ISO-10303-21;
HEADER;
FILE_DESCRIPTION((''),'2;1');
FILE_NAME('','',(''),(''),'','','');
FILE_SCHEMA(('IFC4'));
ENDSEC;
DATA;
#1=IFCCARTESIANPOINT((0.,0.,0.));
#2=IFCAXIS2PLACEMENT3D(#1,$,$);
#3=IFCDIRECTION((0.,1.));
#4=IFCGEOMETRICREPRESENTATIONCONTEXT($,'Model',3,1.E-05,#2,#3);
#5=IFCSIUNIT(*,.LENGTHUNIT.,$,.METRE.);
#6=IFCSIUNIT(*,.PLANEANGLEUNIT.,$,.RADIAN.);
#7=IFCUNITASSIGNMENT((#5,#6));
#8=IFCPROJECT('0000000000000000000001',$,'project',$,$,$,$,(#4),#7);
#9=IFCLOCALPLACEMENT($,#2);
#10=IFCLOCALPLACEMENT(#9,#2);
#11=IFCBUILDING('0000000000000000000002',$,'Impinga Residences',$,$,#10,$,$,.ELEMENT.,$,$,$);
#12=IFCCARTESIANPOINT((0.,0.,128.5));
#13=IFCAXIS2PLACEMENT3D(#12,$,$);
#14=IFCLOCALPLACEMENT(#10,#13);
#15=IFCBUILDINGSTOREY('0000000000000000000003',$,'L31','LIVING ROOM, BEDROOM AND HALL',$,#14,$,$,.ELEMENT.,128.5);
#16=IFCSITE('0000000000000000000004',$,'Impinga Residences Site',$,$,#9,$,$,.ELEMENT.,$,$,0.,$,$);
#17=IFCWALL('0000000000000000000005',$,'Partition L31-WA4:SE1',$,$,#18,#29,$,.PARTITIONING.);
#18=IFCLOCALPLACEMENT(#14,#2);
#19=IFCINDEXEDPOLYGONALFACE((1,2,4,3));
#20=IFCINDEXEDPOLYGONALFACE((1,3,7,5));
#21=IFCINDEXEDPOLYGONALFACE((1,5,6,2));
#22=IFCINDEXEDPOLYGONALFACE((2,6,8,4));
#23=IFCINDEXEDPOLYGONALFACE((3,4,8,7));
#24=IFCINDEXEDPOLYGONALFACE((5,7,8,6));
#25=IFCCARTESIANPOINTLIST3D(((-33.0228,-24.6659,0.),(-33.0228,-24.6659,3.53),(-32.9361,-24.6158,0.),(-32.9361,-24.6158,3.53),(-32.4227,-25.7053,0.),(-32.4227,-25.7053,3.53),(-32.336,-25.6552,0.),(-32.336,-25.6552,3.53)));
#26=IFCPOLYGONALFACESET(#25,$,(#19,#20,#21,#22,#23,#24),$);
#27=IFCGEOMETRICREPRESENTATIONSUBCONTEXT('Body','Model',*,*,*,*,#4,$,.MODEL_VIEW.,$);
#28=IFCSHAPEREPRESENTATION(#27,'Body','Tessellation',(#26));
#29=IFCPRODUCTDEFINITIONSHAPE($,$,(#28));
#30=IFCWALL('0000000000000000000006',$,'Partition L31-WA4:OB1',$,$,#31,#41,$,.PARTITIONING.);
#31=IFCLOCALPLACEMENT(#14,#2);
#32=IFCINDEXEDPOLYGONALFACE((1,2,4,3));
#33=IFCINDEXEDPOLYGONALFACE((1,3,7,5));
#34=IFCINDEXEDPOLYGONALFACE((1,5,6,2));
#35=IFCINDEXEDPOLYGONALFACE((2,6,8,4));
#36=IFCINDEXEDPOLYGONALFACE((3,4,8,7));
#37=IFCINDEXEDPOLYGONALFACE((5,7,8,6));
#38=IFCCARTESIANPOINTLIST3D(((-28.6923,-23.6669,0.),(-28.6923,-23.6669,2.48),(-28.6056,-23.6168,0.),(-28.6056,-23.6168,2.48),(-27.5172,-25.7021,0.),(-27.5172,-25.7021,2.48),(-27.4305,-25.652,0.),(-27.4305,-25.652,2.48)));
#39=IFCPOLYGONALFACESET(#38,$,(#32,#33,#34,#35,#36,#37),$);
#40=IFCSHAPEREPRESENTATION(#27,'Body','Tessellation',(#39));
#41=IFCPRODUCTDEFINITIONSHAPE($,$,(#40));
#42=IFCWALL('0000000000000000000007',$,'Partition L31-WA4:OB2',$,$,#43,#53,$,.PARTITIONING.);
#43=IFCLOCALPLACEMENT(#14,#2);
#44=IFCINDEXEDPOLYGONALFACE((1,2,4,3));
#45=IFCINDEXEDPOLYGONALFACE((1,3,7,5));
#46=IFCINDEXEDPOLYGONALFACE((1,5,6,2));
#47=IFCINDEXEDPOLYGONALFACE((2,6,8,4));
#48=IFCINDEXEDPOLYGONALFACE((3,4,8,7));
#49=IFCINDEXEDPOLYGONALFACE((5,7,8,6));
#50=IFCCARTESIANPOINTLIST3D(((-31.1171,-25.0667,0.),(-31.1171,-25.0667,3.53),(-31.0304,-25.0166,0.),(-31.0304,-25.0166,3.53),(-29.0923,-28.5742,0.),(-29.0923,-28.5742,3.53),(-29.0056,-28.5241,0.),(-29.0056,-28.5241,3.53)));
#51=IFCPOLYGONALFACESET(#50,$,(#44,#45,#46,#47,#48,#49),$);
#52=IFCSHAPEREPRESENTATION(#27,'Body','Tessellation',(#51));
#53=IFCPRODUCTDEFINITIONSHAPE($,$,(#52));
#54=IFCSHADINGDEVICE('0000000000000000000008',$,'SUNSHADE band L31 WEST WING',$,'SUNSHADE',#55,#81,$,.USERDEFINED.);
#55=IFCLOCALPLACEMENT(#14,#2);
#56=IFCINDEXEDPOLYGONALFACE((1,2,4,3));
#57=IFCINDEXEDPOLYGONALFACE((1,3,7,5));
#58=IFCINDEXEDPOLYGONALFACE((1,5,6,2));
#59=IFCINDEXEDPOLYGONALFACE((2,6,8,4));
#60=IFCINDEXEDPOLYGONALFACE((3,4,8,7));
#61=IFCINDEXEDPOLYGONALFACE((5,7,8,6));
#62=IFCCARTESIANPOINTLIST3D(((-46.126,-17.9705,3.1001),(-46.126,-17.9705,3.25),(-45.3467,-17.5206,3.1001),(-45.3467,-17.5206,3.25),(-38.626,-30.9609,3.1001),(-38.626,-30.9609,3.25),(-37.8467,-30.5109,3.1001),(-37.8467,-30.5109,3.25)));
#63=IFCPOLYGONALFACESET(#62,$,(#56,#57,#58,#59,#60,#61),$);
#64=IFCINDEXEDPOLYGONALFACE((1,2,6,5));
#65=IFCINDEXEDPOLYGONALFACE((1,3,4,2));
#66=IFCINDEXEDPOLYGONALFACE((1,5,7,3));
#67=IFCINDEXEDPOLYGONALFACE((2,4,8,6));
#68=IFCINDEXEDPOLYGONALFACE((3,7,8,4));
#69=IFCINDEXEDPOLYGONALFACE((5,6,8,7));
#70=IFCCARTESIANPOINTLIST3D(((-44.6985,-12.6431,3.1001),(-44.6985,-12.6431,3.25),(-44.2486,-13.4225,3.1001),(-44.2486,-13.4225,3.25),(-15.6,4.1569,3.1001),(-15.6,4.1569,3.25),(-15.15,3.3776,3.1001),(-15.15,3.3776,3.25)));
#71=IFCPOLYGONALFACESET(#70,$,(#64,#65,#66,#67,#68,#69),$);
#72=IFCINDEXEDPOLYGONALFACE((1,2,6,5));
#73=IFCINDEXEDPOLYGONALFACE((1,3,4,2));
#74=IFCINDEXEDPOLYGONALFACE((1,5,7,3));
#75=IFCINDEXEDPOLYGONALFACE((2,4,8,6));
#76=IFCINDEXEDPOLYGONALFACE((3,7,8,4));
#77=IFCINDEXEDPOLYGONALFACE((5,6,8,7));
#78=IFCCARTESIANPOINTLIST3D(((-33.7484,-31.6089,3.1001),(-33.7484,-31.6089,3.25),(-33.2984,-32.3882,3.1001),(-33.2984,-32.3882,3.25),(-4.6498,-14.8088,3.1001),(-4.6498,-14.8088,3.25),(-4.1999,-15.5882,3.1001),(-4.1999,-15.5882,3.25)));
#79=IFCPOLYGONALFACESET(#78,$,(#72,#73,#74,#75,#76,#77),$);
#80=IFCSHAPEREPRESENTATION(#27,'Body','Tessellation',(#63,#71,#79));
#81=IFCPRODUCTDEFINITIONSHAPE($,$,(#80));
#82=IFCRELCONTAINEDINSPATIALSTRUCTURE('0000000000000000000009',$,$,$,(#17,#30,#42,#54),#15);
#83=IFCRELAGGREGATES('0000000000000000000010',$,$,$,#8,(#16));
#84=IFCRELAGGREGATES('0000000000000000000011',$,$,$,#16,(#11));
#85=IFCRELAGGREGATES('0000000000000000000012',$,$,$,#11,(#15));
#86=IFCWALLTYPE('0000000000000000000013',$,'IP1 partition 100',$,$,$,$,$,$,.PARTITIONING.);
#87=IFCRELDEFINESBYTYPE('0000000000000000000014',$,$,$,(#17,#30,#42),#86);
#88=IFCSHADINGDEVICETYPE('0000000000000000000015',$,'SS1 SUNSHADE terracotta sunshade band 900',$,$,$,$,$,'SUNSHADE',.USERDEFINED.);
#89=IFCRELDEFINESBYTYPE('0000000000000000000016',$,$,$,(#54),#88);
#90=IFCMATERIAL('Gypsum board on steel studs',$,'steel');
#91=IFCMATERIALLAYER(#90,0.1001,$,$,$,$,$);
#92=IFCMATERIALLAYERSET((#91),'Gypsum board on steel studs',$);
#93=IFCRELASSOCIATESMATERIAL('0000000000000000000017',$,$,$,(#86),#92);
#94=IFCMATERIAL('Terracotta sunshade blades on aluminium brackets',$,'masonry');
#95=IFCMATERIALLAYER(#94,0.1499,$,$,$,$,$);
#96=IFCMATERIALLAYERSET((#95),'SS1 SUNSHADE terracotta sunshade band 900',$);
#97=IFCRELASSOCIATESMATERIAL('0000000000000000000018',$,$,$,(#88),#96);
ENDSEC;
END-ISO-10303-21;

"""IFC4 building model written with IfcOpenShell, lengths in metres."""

from ifc_helpers import new_model, si_unit, direction, frame, frame_2d, origin, origin_2d, place, context, subcontext, project, spatial, rectangle, extrude, material, layer, layer_set, type_object, element, save


model = new_model("IFC4")

# Units and contexts
model_context = context("Model", 3, precision=1e-05, world=origin(), true_north=direction((0.0, 1.0)))
body_context = subcontext(model_context, "Body", "Model", "MODEL_VIEW")
ifc_project = project(units=[si_unit("LENGTHUNIT", "METRE"), si_unit("PLANEANGLEUNIT", "RADIAN")], contexts=[model_context])

# Site, building, storey
site_placement = place(None, origin())
site = spatial("IfcSite", under=ifc_project, at=site_placement, Name="Impinga Residences Site", CompositionType="ELEMENT", RefElevation=0.0)
building_placement = place(site_placement, origin())
building = spatial("IfcBuilding", under=site, at=building_placement, Name="Impinga Residences", CompositionType="ELEMENT")
storey_placement = place(building_placement, frame((0.0, 0.0, 128.5)))
storey = spatial("IfcBuildingStorey", under=building, at=storey_placement, Name="L31", Description="LIVING ROOM, BEDROOM AND HALL", CompositionType="ELEMENT", Elevation=128.5)

# Walls
ifc_material_1 = material(Name="Gypsum board on steel studs", Category="steel")
ifc_layer_1 = layer(ifc_material_1, 0.1001)
ifc_layer_set_1 = layer_set([ifc_layer_1], Name="Gypsum board on steel studs")
wall_type_1 = type_object("IfcWallType", Name="IP1 partition 100", PredefinedType="PARTITIONING", material=ifc_layer_set_1)
wall_1_placement = place(storey_placement, frame((-32.9795, -24.6409, 0.0), z_axis=(0.0, 0.0, 1.0), x_axis=(0.500034, -0.866006, 0.0)))
element("IfcWall", 1, at=wall_1_placement, inside=storey, type_object=wall_type_1, Name="Partition L31-WA4:SE1", PredefinedType="PARTITIONING", context=body_context, shape_type="SweptSolid", body=[
    extrude(rectangle(XDim=1.2002, YDim=0.1001, at=frame_2d((0.6001, 0.0))), origin(), (0.0, 0.0, 1.0), 3.53),
])
wall_2_placement = place(storey_placement, frame((-28.6489, -23.6418, 0.0), z_axis=(0.0, 0.0, 1.0), x_axis=(0.500016, -0.866016, 0.0)))
element("IfcWall", 2, at=wall_2_placement, inside=storey, type_object=wall_type_1, Name="Partition L31-WA4:OB1", PredefinedType="PARTITIONING", context=body_context, shape_type="SweptSolid", body=[
    extrude(rectangle(XDim=2.3501, YDim=0.1001, at=frame_2d((1.175, 0.0))), origin(), (0.0, 0.0, 1.0), 2.48),
])
wall_3_placement = place(storey_placement, frame((-31.0737, -25.0417, 0.0), z_axis=(0.0, 0.0, 1.0), x_axis=(0.499964, -0.866046, 0.0)))
element("IfcWall", 3, at=wall_3_placement, inside=storey, type_object=wall_type_1, Name="Partition L31-WA4:OB2", PredefinedType="PARTITIONING", context=body_context, shape_type="SweptSolid", body=[
    extrude(rectangle(XDim=4.05, YDim=0.1001, at=frame_2d((2.0249, 0.0))), origin(), (0.0, 0.0, 1.0), 3.53),
])

# Shading device
ifc_material_2 = material(Name="Terracotta sunshade blades on aluminium brackets", Category="masonry")
ifc_layer_2 = layer(ifc_material_2, 0.1499)
ifc_layer_set_2 = layer_set([ifc_layer_2], Name="SS1 SUNSHADE terracotta sunshade band 900")
shading_device_type = type_object("IfcShadingDeviceType", Name="SS1 SUNSHADE terracotta sunshade band 900", ElementType="SUNSHADE", PredefinedType="USERDEFINED", material=ifc_layer_set_2)
shading_device_placement = place(storey_placement, frame((-41.9863, -24.2407, 3.1001), z_axis=(0.0, 0.0, 1.0), x_axis=(-0.5, 0.866025, 0.0)))
element("IfcShadingDevice", 4, at=shading_device_placement, inside=storey, type_object=shading_device_type, Name="SUNSHADE band L31 WEST WING", ObjectType="SUNSHADE", PredefinedType="USERDEFINED", context=body_context, shape_type="SweptSolid", body=[
    extrude(rectangle(XDim=15.0, YDim=0.8999, at=origin_2d()), origin(), (0.0, 0.0, 1.0), 0.1499),
    extrude(rectangle(XDim=33.6001, YDim=0.8999, at=origin_2d()), frame((10.95, -20.25, 0.0), z_axis=(0.0, 0.0, 1.0), x_axis=(0.0, -1.0, 0.0)), (0.0, 0.0, 1.0), 0.1499),
    extrude(rectangle(XDim=33.6001, YDim=0.8999, at=origin_2d()), frame((-10.95, -20.2502, 0.0), z_axis=(0.0, 0.0, 1.0), x_axis=(0.0, 1.0, 0.0)), (0.0, 0.0, 1.0), 0.1499),
])

save(model, "model.ifc")
